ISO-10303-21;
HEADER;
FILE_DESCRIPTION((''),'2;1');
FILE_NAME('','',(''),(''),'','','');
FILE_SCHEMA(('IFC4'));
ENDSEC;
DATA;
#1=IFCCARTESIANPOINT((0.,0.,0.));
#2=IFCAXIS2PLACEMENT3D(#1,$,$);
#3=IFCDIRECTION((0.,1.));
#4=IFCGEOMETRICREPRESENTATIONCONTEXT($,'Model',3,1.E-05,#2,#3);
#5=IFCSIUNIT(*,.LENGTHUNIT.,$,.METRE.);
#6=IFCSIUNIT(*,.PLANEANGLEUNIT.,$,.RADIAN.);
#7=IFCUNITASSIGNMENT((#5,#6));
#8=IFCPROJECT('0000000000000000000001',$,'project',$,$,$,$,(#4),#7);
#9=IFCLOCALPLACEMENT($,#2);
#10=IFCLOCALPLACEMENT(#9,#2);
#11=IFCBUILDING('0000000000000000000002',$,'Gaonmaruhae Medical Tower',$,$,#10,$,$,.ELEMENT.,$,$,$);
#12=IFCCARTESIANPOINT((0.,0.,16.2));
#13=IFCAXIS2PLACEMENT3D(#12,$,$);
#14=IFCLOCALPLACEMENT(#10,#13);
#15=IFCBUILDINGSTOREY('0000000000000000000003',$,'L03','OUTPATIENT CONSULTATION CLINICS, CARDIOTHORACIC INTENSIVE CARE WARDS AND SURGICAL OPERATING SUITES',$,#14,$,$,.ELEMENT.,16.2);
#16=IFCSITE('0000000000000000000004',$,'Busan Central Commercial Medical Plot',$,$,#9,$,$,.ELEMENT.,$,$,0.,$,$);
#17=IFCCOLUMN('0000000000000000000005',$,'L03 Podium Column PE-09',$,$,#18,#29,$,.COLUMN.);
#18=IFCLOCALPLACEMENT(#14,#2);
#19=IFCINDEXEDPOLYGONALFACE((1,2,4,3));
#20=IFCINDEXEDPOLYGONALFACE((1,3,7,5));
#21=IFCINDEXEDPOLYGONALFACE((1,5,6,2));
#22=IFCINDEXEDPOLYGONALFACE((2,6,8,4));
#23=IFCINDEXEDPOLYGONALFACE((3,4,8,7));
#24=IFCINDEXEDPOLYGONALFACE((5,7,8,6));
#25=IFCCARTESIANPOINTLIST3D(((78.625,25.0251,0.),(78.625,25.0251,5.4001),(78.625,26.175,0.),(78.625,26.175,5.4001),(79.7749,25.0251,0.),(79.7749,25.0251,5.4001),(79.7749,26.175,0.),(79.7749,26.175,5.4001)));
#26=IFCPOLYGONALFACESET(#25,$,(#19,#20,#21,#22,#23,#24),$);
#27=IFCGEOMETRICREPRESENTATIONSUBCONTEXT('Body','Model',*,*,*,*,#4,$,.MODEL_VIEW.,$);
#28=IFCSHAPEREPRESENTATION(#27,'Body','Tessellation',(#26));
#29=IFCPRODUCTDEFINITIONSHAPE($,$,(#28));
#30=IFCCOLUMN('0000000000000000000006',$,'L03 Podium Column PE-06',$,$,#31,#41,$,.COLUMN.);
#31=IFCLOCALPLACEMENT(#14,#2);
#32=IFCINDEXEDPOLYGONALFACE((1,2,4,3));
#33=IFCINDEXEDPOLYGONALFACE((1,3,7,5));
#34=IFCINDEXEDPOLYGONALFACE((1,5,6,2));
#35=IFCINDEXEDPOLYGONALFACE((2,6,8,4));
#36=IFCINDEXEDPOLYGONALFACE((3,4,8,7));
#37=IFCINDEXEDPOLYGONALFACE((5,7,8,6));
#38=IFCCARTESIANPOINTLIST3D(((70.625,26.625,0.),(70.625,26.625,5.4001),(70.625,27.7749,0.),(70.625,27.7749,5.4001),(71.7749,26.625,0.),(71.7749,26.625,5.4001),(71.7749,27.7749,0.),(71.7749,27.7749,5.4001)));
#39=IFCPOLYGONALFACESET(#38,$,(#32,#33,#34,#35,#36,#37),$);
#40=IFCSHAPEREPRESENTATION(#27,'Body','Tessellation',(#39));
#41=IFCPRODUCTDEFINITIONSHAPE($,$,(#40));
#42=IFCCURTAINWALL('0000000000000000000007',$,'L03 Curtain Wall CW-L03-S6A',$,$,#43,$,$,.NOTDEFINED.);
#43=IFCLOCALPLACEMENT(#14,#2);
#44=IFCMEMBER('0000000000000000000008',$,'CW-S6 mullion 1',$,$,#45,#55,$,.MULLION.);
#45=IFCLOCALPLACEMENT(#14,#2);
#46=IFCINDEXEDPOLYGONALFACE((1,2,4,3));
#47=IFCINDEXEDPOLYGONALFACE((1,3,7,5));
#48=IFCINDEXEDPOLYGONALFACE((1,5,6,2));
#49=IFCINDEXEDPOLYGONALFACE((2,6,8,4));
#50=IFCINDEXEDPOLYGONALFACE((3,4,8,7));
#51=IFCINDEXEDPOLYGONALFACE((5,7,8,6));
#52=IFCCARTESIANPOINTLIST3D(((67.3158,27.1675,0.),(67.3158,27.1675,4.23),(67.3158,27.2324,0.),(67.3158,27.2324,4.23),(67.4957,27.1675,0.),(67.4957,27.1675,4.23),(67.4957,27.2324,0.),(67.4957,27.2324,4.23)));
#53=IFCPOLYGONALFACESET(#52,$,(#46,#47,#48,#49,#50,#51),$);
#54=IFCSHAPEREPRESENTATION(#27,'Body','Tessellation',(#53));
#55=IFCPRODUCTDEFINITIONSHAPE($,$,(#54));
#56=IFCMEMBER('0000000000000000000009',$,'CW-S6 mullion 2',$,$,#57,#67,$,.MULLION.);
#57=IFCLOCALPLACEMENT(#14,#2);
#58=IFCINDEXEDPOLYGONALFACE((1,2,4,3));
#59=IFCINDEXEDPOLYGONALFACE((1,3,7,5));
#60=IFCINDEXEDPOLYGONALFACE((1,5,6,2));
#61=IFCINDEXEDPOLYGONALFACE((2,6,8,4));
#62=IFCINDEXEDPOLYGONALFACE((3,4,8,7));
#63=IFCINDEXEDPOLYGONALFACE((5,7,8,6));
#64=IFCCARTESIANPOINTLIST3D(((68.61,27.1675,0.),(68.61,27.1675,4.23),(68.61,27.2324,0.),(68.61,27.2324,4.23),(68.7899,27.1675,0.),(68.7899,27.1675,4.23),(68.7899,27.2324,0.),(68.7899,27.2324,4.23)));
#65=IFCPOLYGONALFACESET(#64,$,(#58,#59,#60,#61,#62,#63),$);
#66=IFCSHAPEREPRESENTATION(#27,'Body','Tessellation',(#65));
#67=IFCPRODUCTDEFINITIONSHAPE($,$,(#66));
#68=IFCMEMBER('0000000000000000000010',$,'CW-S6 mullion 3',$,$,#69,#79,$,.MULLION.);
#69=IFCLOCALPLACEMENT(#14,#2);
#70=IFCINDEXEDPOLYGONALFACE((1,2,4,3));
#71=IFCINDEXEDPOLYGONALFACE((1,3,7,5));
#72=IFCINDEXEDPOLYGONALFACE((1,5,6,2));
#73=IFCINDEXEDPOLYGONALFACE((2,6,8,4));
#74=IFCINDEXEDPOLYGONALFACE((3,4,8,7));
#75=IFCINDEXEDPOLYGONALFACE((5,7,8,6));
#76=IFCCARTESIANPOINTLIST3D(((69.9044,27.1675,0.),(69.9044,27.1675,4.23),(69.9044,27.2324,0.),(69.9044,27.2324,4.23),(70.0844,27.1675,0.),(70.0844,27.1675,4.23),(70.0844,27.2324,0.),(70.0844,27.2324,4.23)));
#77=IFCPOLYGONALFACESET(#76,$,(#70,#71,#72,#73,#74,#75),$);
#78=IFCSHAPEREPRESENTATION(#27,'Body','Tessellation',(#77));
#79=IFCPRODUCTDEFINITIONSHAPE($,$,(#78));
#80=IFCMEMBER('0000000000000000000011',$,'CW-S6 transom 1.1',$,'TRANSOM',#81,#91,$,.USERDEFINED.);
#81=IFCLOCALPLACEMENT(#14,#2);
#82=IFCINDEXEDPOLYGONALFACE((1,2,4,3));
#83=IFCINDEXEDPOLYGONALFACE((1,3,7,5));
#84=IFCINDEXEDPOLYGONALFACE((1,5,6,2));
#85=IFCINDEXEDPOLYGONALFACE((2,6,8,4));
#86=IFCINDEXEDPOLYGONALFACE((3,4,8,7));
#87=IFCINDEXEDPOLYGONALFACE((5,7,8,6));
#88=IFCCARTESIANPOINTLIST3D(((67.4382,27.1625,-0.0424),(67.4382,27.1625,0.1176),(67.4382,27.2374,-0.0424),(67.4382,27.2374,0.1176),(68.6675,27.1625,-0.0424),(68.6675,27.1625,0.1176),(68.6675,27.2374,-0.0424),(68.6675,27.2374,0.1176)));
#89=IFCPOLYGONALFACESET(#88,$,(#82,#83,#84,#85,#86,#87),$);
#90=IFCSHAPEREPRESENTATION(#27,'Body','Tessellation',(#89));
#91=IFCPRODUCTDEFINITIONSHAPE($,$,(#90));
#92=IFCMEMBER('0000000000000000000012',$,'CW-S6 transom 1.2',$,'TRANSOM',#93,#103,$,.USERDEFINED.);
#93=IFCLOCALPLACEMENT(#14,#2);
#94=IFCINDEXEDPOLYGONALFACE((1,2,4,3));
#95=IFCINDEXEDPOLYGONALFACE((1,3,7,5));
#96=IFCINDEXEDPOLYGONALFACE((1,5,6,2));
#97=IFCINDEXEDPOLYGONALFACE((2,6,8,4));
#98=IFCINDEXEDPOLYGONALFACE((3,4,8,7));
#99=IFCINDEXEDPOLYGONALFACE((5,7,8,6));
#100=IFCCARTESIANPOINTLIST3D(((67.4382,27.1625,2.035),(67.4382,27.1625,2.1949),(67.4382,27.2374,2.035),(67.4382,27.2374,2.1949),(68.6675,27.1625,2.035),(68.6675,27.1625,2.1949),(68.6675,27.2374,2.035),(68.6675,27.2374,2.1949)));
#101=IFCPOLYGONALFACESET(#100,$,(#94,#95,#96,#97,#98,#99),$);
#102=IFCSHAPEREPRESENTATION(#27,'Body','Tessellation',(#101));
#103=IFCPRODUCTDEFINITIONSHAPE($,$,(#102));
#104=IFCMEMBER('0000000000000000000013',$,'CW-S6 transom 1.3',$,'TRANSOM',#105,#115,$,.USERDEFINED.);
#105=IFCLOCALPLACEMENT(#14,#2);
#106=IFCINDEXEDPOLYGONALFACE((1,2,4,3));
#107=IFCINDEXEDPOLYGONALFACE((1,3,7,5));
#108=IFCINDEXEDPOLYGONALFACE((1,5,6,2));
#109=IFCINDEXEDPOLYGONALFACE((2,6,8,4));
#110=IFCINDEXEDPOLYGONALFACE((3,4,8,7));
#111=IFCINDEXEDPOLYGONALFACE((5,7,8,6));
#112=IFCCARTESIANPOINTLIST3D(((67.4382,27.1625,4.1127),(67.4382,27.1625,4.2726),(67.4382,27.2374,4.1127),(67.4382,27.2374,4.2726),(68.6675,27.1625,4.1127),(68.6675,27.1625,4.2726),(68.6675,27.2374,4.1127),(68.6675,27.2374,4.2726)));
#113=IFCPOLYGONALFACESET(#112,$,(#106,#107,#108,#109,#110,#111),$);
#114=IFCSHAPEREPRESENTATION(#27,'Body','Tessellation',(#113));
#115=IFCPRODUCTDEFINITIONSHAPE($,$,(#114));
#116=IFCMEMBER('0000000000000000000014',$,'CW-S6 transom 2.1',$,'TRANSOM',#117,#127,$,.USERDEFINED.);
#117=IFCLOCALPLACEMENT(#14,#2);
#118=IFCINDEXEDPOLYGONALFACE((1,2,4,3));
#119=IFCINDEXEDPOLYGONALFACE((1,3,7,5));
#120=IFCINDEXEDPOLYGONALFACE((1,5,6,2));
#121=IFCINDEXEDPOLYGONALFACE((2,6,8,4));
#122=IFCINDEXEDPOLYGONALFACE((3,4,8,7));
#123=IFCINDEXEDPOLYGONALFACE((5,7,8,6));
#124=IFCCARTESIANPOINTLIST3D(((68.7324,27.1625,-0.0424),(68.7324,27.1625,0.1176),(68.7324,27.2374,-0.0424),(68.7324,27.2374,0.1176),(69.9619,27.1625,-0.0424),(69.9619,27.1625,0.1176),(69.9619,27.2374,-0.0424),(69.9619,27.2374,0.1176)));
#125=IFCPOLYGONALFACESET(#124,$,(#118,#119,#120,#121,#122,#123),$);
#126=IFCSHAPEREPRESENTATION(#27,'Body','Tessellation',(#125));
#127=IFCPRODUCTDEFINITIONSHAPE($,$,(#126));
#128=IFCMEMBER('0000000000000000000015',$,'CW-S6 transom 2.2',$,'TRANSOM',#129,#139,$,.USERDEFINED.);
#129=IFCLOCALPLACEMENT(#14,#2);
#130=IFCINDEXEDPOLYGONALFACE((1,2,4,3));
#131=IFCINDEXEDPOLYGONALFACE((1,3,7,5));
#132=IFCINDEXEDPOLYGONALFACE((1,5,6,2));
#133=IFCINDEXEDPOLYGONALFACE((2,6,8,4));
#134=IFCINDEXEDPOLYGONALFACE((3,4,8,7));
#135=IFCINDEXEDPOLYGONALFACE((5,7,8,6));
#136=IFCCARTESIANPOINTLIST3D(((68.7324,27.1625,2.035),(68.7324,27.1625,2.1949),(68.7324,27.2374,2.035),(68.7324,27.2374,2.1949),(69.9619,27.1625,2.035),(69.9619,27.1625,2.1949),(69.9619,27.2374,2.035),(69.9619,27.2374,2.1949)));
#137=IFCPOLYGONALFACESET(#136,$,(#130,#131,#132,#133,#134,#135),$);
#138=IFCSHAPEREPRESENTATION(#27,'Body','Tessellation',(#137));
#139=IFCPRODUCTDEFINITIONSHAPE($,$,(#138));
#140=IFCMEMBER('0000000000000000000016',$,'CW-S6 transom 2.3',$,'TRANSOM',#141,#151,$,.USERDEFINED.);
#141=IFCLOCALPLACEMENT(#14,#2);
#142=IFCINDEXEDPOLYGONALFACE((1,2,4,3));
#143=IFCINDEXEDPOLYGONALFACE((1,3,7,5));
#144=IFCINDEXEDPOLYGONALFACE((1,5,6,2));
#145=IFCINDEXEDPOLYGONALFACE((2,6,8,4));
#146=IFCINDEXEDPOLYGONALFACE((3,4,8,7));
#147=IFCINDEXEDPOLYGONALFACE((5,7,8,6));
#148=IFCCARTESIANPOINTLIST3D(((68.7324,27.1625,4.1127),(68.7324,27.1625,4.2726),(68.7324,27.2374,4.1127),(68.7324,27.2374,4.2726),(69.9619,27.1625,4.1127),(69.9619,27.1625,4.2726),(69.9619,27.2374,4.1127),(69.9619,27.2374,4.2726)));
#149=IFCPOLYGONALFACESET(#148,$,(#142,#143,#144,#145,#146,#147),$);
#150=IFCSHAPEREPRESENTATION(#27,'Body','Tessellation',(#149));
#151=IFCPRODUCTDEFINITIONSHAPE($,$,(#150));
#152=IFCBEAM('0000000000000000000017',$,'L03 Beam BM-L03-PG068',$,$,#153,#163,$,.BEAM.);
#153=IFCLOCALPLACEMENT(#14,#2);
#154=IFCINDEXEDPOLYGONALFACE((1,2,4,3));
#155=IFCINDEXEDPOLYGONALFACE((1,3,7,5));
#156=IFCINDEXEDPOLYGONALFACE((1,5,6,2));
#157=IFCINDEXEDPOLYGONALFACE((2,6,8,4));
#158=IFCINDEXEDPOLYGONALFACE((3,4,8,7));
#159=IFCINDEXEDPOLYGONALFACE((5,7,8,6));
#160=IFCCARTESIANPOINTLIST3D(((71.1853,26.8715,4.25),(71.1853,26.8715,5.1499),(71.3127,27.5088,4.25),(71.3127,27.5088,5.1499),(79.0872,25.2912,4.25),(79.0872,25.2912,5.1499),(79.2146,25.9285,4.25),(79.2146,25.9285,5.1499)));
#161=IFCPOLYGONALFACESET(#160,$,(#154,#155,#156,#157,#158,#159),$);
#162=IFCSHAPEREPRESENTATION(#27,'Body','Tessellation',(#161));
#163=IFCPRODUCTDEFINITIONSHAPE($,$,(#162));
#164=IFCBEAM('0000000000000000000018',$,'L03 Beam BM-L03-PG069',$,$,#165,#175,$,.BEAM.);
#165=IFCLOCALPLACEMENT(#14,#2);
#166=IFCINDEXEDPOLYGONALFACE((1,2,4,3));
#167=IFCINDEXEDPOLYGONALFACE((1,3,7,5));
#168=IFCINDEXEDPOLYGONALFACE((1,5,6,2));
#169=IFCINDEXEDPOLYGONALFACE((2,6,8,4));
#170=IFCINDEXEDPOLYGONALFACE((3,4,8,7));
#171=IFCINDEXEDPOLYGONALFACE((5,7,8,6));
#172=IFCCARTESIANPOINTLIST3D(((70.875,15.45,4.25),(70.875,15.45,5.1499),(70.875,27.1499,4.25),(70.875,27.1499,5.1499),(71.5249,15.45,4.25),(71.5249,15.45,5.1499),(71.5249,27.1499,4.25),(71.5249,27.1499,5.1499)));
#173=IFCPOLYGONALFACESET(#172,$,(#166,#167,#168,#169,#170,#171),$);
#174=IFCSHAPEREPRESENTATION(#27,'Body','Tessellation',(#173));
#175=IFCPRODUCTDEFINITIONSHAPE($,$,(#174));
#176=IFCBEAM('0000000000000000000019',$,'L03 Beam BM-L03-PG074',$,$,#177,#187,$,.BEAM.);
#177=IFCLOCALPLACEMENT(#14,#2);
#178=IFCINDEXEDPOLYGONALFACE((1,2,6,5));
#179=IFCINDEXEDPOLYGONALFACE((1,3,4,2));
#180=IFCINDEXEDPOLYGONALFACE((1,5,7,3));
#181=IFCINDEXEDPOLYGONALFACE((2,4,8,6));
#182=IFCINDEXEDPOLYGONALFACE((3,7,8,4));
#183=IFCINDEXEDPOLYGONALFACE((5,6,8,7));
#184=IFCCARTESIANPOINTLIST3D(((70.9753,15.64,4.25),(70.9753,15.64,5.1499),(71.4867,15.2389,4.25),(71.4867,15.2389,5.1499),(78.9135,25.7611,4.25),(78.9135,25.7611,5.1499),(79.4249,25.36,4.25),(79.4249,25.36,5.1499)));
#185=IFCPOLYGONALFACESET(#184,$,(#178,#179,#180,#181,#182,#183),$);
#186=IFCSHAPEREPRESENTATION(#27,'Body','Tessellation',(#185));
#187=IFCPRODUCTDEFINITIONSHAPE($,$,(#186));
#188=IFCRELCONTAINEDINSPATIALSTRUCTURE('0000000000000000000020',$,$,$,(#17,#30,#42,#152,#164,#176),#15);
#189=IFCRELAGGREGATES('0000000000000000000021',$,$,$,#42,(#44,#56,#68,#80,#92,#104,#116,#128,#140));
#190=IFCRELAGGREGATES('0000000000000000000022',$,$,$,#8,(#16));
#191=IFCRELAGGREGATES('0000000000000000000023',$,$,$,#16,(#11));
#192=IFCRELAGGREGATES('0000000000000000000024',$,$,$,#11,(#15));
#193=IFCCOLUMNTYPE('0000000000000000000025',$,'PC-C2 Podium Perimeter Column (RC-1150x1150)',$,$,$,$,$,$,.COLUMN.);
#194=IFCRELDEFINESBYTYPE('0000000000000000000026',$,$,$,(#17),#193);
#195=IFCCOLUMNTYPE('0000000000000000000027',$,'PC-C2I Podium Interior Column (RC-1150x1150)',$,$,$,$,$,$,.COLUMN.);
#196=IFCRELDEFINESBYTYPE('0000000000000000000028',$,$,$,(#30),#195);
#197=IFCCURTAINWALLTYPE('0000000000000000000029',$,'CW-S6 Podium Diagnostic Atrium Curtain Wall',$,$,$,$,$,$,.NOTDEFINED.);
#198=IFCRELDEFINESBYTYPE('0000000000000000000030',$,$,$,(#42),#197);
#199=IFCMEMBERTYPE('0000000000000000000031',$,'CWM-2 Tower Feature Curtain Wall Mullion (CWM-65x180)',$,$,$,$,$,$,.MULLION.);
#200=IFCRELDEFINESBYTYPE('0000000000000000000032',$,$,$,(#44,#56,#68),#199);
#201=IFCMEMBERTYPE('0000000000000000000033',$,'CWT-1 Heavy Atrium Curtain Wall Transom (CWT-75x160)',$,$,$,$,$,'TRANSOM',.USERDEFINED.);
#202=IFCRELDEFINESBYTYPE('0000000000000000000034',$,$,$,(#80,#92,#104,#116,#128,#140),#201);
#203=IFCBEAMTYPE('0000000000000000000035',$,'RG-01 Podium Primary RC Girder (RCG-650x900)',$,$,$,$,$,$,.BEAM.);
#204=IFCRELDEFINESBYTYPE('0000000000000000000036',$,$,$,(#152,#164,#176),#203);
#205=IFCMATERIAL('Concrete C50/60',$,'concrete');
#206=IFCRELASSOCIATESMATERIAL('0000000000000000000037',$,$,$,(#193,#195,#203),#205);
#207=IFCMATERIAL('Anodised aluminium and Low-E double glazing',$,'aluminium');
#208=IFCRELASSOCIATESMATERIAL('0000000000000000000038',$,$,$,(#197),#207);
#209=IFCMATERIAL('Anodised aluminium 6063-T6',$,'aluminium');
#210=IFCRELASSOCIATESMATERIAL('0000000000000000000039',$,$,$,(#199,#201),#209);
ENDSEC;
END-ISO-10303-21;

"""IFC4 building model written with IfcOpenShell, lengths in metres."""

from ifc_helpers import new_model, si_unit, direction, frame, origin, origin_2d, place, context, subcontext, project, spatial, rectangle, extrude, material, material_profile, profile_set, type_object, element, aggregate, save


model = new_model("IFC4")

# Units and contexts
model_context = context("Model", 3, precision=1e-05, world=origin(), true_north=direction((0.0, 1.0)))
body_context = subcontext(model_context, "Body", "Model", "MODEL_VIEW")
ifc_project = project(units=[si_unit("LENGTHUNIT", "METRE"), si_unit("PLANEANGLEUNIT", "RADIAN")], contexts=[model_context])

# Site, building, storey
site_placement = place(None, origin())
site = spatial("IfcSite", under=ifc_project, at=site_placement, Name="Busan Central Commercial Medical Plot", CompositionType="ELEMENT", RefElevation=0.0)
building_placement = place(site_placement, origin())
building = spatial("IfcBuilding", under=site, at=building_placement, Name="Gaonmaruhae Medical Tower", CompositionType="ELEMENT")
storey_placement = place(building_placement, frame((0.0, 0.0, 16.2)))
storey = spatial("IfcBuildingStorey", under=building, at=storey_placement, Name="L03", Description="OUTPATIENT CONSULTATION CLINICS, CARDIOTHORACIC INTENSIVE CARE WARDS AND SURGICAL OPERATING SUITES", CompositionType="ELEMENT", Elevation=16.2)

# Columns
ifc_material_1 = material(Name="Concrete C50/60", Category="concrete")
ifc_material_profile_1 = material_profile(ifc_material_1, rectangle(XDim=1.1499, YDim=1.1499, at=origin_2d()), Name="RC-1150x1150")
ifc_profile_set_1 = profile_set([ifc_material_profile_1], Name="Concrete C50/60")
column_type_1 = type_object("IfcColumnType", Name="PC-C2 Podium Perimeter Column (RC-1150x1150)", PredefinedType="COLUMN", material=ifc_profile_set_1)
column_1_placement = place(storey_placement, frame((79.2, 25.6001, 0.0), z_axis=(0.0, 0.0, 1.0), x_axis=(1.0, 0.0, 0.0)))
element("IfcColumn", 1, at=column_1_placement, inside=storey, type_object=column_type_1, Name="L03 Podium Column PE-09", PredefinedType="COLUMN", context=body_context, shape_type="SweptSolid", body=[
    extrude(rectangle(XDim=1.1499, YDim=1.1499, at=origin_2d()), origin(), (0.0, 0.0, 1.0), 5.4001),
])
ifc_material_profile_2 = material_profile(ifc_material_1, rectangle(XDim=1.1499, YDim=1.1499, at=origin_2d()), Name="RC-1150x1150")
ifc_profile_set_2 = profile_set([ifc_material_profile_2], Name="Concrete C50/60")
column_type_2 = type_object("IfcColumnType", Name="PC-C2I Podium Interior Column (RC-1150x1150)", PredefinedType="COLUMN", material=ifc_profile_set_2)
column_2_placement = place(storey_placement, frame((71.2, 27.2, 0.0), z_axis=(0.0, 0.0, 1.0), x_axis=(1.0, 0.0, 0.0)))
element("IfcColumn", 2, at=column_2_placement, inside=storey, type_object=column_type_2, Name="L03 Podium Column PE-06", PredefinedType="COLUMN", context=body_context, shape_type="SweptSolid", body=[
    extrude(rectangle(XDim=1.1499, YDim=1.1499, at=origin_2d()), origin(), (0.0, 0.0, 1.0), 5.4001),
])

# Curtain wall, members
ifc_material_2 = material(Name="Anodised aluminium and Low-E double glazing", Category="aluminium")
curtain_wall_type = type_object("IfcCurtainWallType", Name="CW-S6 Podium Diagnostic Atrium Curtain Wall", PredefinedType="NOTDEFINED", material=ifc_material_2)
curtain_wall_placement = place(storey_placement, origin())
curtain_wall = element("IfcCurtainWall", 3, at=curtain_wall_placement, inside=storey, type_object=curtain_wall_type, Name="L03 Curtain Wall CW-L03-S6A", PredefinedType="NOTDEFINED")
ifc_material_3 = material(Name="Anodised aluminium 6063-T6", Category="aluminium")
ifc_material_profile_3 = material_profile(ifc_material_3, rectangle(XDim=0.0649, YDim=0.1799, at=origin_2d()), Name="CWM-65x180")
ifc_profile_set_3 = profile_set([ifc_material_profile_3], Name="Anodised aluminium 6063-T6")
member_type_1 = type_object("IfcMemberType", Name="CWM-2 Tower Feature Curtain Wall Mullion (CWM-65x180)", PredefinedType="MULLION", material=ifc_profile_set_3)
member_1_placement = place(storey_placement, frame((67.4058, 27.2, 0.0), z_axis=(0.0, 0.0, 1.0), x_axis=(0.0, 1.0, 0.0)))
member_1 = element("IfcMember", 4, at=member_1_placement, type_object=member_type_1, Name="CW-S6 mullion 1", PredefinedType="MULLION", context=body_context, shape_type="SweptSolid", body=[
    extrude(rectangle(XDim=0.0649, YDim=0.1799, at=origin_2d()), origin(), (0.0, 0.0, 1.0), 4.23),
])
member_2_placement = place(storey_placement, frame((68.7, 27.2, 0.0), z_axis=(0.0, 0.0, 1.0), x_axis=(0.0, 1.0, 0.0)))
member_2 = element("IfcMember", 5, at=member_2_placement, type_object=member_type_1, Name="CW-S6 mullion 2", PredefinedType="MULLION", context=body_context, shape_type="SweptSolid", body=[
    extrude(rectangle(XDim=0.0649, YDim=0.1799, at=origin_2d()), origin(), (0.0, 0.0, 1.0), 4.23),
])
member_3_placement = place(storey_placement, frame((69.9944, 27.2, 0.0), z_axis=(0.0, 0.0, 1.0), x_axis=(0.0, 1.0, 0.0)))
member_3 = element("IfcMember", 6, at=member_3_placement, type_object=member_type_1, Name="CW-S6 mullion 3", PredefinedType="MULLION", context=body_context, shape_type="SweptSolid", body=[
    extrude(rectangle(XDim=0.0649, YDim=0.1799, at=origin_2d()), origin(), (0.0, 0.0, 1.0), 4.23),
])
ifc_material_profile_4 = material_profile(ifc_material_3, rectangle(XDim=0.075, YDim=0.1599, at=origin_2d()), Name="CWT-75x160")
ifc_profile_set_4 = profile_set([ifc_material_profile_4], Name="Anodised aluminium 6063-T6")
member_type_2 = type_object("IfcMemberType", Name="CWT-1 Heavy Atrium Curtain Wall Transom (CWT-75x160)", ElementType="TRANSOM", PredefinedType="USERDEFINED", material=ifc_profile_set_4)
member_4_placement = place(storey_placement, frame((67.4382, 27.2, 0.0376), z_axis=(1.0, 0.0, 0.0), x_axis=(0.0, 1.0, 0.0)))
member_4 = element("IfcMember", 7, at=member_4_placement, type_object=member_type_2, Name="CW-S6 transom 1.1", ObjectType="TRANSOM", PredefinedType="USERDEFINED", context=body_context, shape_type="SweptSolid", body=[
    extrude(rectangle(XDim=0.075, YDim=0.1599, at=origin_2d()), origin(), (0.0, 0.0, 1.0), 1.2292),
])
member_5_placement = place(storey_placement, frame((67.4382, 27.2, 2.115), z_axis=(1.0, 0.0, 0.0), x_axis=(0.0, 1.0, 0.0)))
member_5 = element("IfcMember", 8, at=member_5_placement, type_object=member_type_2, Name="CW-S6 transom 1.2", ObjectType="TRANSOM", PredefinedType="USERDEFINED", context=body_context, shape_type="SweptSolid", body=[
    extrude(rectangle(XDim=0.075, YDim=0.1599, at=origin_2d()), origin(), (0.0, 0.0, 1.0), 1.2292),
])
member_6_placement = place(storey_placement, frame((67.4382, 27.2, 4.1926), z_axis=(1.0, 0.0, 0.0), x_axis=(0.0, 1.0, 0.0)))
member_6 = element("IfcMember", 9, at=member_6_placement, type_object=member_type_2, Name="CW-S6 transom 1.3", ObjectType="TRANSOM", PredefinedType="USERDEFINED", context=body_context, shape_type="SweptSolid", body=[
    extrude(rectangle(XDim=0.075, YDim=0.1599, at=origin_2d()), origin(), (0.0, 0.0, 1.0), 1.2292),
])
member_7_placement = place(storey_placement, frame((68.7324, 27.2, 0.0376), z_axis=(1.0, 0.0, 0.0), x_axis=(0.0, 1.0, 0.0)))
member_7 = element("IfcMember", 10, at=member_7_placement, type_object=member_type_2, Name="CW-S6 transom 2.1", ObjectType="TRANSOM", PredefinedType="USERDEFINED", context=body_context, shape_type="SweptSolid", body=[
    extrude(rectangle(XDim=0.075, YDim=0.1599, at=origin_2d()), origin(), (0.0, 0.0, 1.0), 1.2295),
])
member_8_placement = place(storey_placement, frame((68.7324, 27.2, 2.115), z_axis=(1.0, 0.0, 0.0), x_axis=(0.0, 1.0, 0.0)))
member_8 = element("IfcMember", 11, at=member_8_placement, type_object=member_type_2, Name="CW-S6 transom 2.2", ObjectType="TRANSOM", PredefinedType="USERDEFINED", context=body_context, shape_type="SweptSolid", body=[
    extrude(rectangle(XDim=0.075, YDim=0.1599, at=origin_2d()), origin(), (0.0, 0.0, 1.0), 1.2295),
])
member_9_placement = place(storey_placement, frame((68.7324, 27.2, 4.1926), z_axis=(1.0, 0.0, 0.0), x_axis=(0.0, 1.0, 0.0)))
member_9 = element("IfcMember", 12, at=member_9_placement, type_object=member_type_2, Name="CW-S6 transom 2.3", ObjectType="TRANSOM", PredefinedType="USERDEFINED", context=body_context, shape_type="SweptSolid", body=[
    extrude(rectangle(XDim=0.075, YDim=0.1599, at=origin_2d()), origin(), (0.0, 0.0, 1.0), 1.2295),
])

# Beams
ifc_material_profile_5 = material_profile(ifc_material_1, rectangle(XDim=0.6499, YDim=0.8999, at=origin_2d()), Name="RCG-650x900")
ifc_profile_set_5 = profile_set([ifc_material_profile_5], Name="Concrete C50/60")
beam_type = type_object("IfcBeamType", Name="RG-01 Podium Primary RC Girder (RCG-650x900)", PredefinedType="BEAM", material=ifc_profile_set_5)
beam_1_placement = place(storey_placement, frame((71.249, 27.1902, 4.7), z_axis=(0.980582, -0.19611, 0.0), x_axis=(0.19611, 0.980582, 0.0)))
element("IfcBeam", 13, at=beam_1_placement, inside=storey, type_object=beam_type, Name="L03 Beam BM-L03-PG068", PredefinedType="BEAM", context=body_context, shape_type="SweptSolid", body=[
    extrude(rectangle(XDim=0.6499, YDim=0.8999, at=origin_2d()), origin(), (0.0, 0.0, 1.0), 8.0583),
])
beam_2_placement = place(storey_placement, frame((71.2, 27.1499, 4.7), z_axis=(0.0, -1.0, 0.0), x_axis=(1.0, 0.0, 0.0)))
element("IfcBeam", 14, at=beam_2_placement, inside=storey, type_object=beam_type, Name="L03 Beam BM-L03-PG069", PredefinedType="BEAM", context=body_context, shape_type="SweptSolid", body=[
    extrude(rectangle(XDim=0.6499, YDim=0.8999, at=origin_2d()), origin(), (0.0, 0.0, 1.0), 11.7),
])
beam_3_placement = place(storey_placement, frame((79.1692, 25.5605, 4.7), z_axis=(-0.617146, -0.786849, 0.0), x_axis=(0.786849, -0.617146, 0.0)))
element("IfcBeam", 15, at=beam_3_placement, inside=storey, type_object=beam_type, Name="L03 Beam BM-L03-PG074", PredefinedType="BEAM", context=body_context, shape_type="SweptSolid", body=[
    extrude(rectangle(XDim=0.6499, YDim=0.8999, at=origin_2d()), origin(), (0.0, 0.0, 1.0), 12.8628),
])

aggregate(curtain_wall, [member_1, member_2, member_3, member_4, member_5, member_6, member_7, member_8, member_9])

save(model, "model.ifc")
